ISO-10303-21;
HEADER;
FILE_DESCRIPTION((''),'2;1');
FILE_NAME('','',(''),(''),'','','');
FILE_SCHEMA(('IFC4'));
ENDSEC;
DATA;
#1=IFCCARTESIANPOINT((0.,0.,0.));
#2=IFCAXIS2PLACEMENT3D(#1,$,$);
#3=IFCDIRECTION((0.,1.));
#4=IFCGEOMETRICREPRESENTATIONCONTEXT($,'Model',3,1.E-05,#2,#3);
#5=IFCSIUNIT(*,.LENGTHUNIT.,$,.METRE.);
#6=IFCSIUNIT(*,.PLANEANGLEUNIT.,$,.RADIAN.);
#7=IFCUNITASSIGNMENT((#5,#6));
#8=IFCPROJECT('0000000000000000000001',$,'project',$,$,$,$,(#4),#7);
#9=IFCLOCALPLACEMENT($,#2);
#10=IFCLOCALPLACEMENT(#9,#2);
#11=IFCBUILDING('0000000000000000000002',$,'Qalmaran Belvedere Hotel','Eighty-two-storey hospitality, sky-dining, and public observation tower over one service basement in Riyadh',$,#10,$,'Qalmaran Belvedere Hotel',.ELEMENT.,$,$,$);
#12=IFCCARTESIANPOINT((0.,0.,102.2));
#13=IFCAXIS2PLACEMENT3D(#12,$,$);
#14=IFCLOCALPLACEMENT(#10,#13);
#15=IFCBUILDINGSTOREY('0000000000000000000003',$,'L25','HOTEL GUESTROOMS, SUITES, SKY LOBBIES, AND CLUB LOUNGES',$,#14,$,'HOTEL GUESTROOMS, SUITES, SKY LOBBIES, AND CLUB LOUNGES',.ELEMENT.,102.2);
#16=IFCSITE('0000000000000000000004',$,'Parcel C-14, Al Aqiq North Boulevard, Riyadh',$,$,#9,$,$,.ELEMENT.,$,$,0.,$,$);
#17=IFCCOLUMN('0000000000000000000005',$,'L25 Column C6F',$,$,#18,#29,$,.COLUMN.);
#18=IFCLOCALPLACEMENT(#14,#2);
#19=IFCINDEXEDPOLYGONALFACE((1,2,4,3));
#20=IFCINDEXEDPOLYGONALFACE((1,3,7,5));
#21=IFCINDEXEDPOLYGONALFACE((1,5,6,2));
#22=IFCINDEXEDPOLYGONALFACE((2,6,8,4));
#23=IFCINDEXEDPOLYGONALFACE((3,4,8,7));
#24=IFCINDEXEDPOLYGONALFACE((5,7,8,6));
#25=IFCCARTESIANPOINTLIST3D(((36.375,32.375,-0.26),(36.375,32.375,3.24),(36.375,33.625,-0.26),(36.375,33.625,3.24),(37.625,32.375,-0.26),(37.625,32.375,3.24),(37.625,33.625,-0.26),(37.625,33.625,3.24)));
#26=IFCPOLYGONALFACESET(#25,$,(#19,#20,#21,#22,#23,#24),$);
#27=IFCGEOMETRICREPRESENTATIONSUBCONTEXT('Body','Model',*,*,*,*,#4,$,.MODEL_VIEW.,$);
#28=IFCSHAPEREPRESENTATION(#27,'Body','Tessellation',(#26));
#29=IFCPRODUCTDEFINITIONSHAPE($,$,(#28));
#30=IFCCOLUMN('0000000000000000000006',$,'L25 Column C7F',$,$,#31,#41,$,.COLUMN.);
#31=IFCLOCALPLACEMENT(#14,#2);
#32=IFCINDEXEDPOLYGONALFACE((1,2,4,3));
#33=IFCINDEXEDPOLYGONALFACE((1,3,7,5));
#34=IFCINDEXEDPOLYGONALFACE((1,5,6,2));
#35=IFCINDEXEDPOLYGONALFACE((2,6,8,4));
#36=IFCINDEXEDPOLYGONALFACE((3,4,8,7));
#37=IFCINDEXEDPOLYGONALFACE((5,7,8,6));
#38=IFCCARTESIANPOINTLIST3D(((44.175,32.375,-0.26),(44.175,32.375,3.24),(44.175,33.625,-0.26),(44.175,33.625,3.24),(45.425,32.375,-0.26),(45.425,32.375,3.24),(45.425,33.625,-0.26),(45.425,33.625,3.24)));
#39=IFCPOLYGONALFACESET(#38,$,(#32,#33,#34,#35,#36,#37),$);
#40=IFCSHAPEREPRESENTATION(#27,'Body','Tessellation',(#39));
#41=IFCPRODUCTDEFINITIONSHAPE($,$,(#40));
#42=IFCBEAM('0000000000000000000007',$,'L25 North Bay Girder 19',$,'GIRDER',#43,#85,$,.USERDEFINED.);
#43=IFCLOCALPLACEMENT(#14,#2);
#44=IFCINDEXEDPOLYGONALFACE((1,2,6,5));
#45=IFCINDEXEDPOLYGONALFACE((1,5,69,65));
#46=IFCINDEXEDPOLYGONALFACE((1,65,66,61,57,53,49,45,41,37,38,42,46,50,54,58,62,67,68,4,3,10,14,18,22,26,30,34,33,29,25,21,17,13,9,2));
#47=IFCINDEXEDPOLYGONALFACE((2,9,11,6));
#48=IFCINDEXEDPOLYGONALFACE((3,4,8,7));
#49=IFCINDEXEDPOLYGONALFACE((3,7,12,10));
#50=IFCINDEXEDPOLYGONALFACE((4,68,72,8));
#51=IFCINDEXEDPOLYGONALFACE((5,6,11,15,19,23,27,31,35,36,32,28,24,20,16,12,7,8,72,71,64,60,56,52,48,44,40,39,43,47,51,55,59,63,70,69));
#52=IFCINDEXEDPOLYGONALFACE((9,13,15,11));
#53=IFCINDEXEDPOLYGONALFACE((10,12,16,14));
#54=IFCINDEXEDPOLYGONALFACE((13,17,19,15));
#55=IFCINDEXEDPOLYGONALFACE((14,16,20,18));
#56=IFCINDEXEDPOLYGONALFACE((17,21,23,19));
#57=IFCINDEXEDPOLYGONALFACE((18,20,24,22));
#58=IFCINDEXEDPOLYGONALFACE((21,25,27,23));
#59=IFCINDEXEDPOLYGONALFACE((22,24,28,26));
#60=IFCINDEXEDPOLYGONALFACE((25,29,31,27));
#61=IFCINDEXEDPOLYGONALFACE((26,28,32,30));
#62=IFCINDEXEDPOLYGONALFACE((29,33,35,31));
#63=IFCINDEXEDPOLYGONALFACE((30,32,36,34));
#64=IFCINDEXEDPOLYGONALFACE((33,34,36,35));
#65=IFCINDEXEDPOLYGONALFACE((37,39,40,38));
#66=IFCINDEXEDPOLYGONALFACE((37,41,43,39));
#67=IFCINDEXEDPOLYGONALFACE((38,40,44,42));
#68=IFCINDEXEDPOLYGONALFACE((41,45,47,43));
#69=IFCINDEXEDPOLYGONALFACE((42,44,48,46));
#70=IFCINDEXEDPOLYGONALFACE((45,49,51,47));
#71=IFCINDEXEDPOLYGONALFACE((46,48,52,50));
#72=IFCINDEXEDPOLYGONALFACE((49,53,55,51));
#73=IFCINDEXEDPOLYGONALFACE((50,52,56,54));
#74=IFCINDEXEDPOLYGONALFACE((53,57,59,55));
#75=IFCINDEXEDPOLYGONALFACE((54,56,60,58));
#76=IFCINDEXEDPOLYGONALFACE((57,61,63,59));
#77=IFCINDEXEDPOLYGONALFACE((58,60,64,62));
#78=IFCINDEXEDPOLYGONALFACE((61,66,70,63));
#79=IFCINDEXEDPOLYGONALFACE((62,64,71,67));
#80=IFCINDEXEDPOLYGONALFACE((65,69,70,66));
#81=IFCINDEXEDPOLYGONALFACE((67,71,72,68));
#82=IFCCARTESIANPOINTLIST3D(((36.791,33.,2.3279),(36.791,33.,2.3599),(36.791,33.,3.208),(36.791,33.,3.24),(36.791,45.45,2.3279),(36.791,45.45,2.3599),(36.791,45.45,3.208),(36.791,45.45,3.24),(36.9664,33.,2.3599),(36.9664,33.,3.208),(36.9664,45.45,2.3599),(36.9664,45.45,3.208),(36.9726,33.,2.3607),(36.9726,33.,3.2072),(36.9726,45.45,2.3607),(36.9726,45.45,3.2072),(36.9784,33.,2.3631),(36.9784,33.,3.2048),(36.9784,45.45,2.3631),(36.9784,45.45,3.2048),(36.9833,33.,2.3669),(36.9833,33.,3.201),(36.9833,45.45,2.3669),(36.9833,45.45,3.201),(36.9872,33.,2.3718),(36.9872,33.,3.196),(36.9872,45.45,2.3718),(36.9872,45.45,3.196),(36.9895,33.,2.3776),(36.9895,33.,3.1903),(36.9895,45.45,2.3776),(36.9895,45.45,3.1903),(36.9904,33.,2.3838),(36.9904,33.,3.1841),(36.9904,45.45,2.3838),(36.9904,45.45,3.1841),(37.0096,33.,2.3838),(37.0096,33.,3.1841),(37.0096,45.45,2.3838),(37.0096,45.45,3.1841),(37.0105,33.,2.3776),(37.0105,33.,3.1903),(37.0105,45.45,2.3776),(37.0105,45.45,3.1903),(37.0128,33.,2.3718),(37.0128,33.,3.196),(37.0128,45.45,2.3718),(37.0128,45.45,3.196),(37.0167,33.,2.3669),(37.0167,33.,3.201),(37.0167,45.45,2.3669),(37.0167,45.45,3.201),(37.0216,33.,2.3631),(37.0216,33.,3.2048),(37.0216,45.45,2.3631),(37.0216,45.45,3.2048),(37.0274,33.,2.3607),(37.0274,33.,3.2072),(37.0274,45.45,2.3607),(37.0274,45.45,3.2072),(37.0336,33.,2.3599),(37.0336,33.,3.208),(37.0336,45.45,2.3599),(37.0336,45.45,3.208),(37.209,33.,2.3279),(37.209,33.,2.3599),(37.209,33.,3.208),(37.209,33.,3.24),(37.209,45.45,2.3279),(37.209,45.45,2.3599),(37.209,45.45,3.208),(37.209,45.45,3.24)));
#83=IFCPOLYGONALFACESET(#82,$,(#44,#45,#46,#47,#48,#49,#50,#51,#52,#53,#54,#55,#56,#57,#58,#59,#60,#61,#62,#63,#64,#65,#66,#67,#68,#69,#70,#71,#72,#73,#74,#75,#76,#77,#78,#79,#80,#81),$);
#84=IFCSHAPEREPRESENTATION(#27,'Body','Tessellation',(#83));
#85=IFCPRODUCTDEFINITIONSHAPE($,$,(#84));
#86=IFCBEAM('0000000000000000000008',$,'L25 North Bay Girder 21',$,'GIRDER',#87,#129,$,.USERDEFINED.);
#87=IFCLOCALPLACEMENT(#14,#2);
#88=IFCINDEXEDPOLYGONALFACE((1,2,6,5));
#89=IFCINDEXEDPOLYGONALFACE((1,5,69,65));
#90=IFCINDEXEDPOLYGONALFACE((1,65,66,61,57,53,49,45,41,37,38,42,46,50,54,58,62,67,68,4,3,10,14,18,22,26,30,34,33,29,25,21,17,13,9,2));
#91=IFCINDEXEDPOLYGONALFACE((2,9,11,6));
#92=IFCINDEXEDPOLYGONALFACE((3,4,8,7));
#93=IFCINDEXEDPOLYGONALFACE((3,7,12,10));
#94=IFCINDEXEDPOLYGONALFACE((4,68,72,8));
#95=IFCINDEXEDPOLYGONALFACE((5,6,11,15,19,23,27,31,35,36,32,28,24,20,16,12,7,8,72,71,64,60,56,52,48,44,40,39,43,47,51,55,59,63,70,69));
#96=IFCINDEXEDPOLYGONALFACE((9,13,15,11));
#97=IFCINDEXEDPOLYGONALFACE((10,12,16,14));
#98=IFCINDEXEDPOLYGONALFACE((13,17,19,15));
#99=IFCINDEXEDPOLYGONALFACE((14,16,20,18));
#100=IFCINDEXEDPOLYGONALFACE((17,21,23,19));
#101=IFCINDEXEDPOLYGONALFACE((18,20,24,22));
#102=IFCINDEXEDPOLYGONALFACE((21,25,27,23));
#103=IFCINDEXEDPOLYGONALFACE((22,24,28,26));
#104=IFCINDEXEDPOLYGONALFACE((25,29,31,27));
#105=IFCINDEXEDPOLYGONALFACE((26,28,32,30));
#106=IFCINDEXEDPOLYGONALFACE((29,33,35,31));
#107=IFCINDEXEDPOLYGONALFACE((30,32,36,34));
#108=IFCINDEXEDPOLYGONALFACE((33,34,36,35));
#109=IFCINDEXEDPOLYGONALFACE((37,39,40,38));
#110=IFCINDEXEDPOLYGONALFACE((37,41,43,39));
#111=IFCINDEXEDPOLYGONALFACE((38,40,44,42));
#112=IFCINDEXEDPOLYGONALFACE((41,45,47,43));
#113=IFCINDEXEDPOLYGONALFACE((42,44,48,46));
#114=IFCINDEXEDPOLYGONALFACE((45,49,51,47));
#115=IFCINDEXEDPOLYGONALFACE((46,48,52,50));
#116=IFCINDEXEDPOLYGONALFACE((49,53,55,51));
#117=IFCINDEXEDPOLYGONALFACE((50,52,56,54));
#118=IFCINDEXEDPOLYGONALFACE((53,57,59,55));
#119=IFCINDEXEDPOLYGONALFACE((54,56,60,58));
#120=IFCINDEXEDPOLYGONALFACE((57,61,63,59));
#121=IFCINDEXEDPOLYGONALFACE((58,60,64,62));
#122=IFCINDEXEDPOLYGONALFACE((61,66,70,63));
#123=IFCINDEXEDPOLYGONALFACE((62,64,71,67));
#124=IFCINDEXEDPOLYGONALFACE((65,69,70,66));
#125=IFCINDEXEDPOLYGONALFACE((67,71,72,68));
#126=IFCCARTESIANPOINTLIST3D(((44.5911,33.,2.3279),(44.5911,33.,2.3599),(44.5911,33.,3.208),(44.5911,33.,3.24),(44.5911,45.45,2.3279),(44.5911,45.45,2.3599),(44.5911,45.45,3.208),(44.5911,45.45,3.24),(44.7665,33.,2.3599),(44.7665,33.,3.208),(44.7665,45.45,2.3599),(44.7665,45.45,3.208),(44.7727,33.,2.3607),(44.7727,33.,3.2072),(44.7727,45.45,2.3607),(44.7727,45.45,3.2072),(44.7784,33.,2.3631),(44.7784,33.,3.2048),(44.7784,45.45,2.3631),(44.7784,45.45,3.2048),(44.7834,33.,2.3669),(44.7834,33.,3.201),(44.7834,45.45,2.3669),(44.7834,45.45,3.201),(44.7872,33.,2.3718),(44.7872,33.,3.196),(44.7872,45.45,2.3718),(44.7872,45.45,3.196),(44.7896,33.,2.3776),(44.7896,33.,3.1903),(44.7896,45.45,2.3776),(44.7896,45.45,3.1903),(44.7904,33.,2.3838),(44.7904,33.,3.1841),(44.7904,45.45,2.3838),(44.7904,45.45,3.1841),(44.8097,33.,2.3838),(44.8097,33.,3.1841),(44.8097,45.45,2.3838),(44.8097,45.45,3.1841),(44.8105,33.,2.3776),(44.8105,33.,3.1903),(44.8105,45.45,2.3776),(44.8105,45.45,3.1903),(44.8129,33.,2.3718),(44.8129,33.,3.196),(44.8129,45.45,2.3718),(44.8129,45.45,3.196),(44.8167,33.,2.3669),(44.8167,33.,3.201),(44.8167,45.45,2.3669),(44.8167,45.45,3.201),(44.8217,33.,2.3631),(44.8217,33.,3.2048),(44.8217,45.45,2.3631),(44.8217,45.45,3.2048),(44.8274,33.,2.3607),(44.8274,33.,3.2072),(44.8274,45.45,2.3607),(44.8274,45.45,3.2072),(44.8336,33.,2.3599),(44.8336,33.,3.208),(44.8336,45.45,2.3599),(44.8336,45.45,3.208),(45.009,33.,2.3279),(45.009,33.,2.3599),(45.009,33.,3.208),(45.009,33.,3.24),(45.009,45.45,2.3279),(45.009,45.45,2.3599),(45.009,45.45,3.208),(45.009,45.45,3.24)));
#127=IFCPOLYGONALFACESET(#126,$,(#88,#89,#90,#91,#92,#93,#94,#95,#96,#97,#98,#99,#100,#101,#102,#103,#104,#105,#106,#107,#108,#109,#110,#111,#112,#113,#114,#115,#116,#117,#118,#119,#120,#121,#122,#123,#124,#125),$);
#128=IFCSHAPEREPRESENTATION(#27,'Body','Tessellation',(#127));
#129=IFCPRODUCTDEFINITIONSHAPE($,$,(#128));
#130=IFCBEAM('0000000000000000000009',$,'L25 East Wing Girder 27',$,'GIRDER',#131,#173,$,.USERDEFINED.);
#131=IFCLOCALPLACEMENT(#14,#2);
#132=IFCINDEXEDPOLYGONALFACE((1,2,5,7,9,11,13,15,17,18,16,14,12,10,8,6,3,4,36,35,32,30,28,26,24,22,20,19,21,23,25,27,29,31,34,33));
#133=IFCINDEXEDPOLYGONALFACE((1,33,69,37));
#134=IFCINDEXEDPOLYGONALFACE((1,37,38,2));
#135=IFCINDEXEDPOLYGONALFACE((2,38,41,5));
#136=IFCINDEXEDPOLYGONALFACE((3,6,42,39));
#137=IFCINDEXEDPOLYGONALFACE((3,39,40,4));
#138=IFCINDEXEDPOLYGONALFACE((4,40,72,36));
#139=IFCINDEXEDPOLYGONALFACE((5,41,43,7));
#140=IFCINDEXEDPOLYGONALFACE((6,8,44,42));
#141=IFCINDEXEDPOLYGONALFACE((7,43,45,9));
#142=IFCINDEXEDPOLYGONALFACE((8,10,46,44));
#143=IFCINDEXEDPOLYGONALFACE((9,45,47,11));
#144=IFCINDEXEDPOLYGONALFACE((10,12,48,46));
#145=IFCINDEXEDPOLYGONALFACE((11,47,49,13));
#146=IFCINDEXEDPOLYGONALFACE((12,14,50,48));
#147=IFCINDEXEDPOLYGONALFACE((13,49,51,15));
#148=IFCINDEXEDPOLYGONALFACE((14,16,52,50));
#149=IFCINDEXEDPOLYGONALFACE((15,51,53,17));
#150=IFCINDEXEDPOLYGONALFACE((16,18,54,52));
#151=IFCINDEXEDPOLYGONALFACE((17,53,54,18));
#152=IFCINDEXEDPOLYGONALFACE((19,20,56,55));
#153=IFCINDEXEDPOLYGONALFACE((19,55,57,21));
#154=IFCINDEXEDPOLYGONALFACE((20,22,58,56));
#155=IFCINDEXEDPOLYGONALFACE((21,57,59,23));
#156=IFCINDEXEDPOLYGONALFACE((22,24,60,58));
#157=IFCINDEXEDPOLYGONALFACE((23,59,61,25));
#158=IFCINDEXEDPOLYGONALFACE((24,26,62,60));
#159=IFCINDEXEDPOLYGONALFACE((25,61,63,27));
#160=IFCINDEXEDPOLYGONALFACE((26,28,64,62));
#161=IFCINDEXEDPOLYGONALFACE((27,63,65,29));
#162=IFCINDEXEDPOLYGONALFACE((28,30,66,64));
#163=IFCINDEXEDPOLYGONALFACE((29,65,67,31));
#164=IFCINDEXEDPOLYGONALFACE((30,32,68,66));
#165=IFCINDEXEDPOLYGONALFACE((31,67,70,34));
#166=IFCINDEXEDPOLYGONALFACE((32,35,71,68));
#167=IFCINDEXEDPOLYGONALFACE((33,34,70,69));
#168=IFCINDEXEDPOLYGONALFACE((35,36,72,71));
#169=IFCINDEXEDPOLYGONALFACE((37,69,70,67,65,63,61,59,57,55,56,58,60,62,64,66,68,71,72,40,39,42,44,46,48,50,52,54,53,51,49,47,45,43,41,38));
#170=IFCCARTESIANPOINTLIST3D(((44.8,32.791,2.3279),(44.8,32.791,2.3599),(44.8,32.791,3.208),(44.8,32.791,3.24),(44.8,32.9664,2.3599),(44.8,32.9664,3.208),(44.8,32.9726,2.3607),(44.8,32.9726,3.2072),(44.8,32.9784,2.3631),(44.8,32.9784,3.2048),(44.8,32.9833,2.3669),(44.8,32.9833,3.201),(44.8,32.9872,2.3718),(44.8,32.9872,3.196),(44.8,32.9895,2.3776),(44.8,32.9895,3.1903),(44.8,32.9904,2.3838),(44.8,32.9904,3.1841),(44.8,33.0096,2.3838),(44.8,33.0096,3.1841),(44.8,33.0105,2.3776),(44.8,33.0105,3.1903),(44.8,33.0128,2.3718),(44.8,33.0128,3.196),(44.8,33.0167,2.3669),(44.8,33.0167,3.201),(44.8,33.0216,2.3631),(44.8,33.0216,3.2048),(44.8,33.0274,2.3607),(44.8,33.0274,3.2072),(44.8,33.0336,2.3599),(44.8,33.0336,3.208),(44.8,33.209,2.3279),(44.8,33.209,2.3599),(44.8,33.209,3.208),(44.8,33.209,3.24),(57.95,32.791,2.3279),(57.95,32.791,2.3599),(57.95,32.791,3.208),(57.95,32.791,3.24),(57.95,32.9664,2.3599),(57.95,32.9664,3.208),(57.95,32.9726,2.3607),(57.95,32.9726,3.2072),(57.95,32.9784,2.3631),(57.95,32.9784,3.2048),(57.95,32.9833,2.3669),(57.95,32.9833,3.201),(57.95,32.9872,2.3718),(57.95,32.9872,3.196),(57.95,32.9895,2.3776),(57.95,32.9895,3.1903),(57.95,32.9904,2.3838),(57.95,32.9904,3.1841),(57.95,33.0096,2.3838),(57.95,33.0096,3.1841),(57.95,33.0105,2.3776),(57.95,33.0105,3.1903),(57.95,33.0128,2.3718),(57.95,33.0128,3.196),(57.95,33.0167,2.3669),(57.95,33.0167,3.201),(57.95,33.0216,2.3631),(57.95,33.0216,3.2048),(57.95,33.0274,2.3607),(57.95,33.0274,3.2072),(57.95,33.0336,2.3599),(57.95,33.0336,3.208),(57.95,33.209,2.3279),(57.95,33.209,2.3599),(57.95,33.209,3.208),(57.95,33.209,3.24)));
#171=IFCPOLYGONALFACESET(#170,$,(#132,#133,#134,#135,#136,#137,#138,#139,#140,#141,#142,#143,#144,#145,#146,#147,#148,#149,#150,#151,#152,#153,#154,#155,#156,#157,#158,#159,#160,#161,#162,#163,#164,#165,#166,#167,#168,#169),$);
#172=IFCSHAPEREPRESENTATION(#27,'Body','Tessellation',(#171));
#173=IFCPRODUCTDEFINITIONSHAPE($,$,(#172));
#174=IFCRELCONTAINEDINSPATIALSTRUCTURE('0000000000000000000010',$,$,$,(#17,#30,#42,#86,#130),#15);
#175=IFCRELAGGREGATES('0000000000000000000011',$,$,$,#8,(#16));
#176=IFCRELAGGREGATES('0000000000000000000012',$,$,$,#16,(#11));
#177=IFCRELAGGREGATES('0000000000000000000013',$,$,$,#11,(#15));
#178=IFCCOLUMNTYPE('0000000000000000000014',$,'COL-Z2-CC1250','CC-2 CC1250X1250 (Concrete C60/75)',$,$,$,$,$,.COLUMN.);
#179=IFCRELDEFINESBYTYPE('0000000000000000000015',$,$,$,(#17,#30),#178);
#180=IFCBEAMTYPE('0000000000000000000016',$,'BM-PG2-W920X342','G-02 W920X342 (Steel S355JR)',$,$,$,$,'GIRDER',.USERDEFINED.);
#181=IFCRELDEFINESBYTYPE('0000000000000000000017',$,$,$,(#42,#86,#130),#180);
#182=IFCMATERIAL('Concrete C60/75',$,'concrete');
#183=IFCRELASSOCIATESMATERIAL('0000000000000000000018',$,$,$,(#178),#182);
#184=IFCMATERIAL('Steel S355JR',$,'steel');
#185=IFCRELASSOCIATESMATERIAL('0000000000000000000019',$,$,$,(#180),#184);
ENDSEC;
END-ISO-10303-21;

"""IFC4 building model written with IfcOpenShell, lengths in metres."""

from ifc_helpers import new_model, si_unit, direction, frame, origin, origin_2d, place, context, subcontext, project, spatial, rectangle, i_section, extrude, material, material_profile, profile_set, type_object, element, save


model = new_model("IFC4")

# Units and contexts
model_context = context("Model", 3, precision=1e-05, world=origin(), true_north=direction((0.0, 1.0)))
body_context = subcontext(model_context, "Body", "Model", "MODEL_VIEW")
ifc_project = project(units=[si_unit("LENGTHUNIT", "METRE"), si_unit("PLANEANGLEUNIT", "RADIAN")], contexts=[model_context])

# Site, building, storey
site_placement = place(None, origin())
site = spatial("IfcSite", under=ifc_project, at=site_placement, Name="Parcel C-14, Al Aqiq North Boulevard, Riyadh", CompositionType="ELEMENT", RefElevation=0.0)
building_placement = place(site_placement, origin())
building = spatial("IfcBuilding", under=site, at=building_placement, Name="Qalmaran Belvedere Hotel", Description="Eighty-two-storey hospitality, sky-dining, and public observation tower over one service basement in Riyadh", LongName="Qalmaran Belvedere Hotel", CompositionType="ELEMENT")
storey_placement = place(building_placement, frame((0.0, 0.0, 102.2)))
storey = spatial("IfcBuildingStorey", under=building, at=storey_placement, Name="L25", Description="HOTEL GUESTROOMS, SUITES, SKY LOBBIES, AND CLUB LOUNGES", LongName="HOTEL GUESTROOMS, SUITES, SKY LOBBIES, AND CLUB LOUNGES", CompositionType="ELEMENT", Elevation=102.2)

# Columns
ifc_material_1 = material(Name="Concrete C60/75", Category="concrete")
ifc_material_profile_1 = material_profile(ifc_material_1, rectangle(XDim=1.25, YDim=1.25, at=origin_2d()), Name="CC1250X1250")
ifc_profile_set_1 = profile_set([ifc_material_profile_1], Name="Concrete C60/75")
column_type = type_object("IfcColumnType", Name="COL-Z2-CC1250", Description="CC-2 CC1250X1250 (Concrete C60/75)", PredefinedType="COLUMN", material=ifc_profile_set_1)
for number, where, z_axis, x_axis, name in (
    (1, (37.0, 33.0, -0.26), (0.0, 0.0, 1.0), (1.0, 0.0, 0.0), "L25 Column C6F"),
    (2, (44.8, 33.0, -0.26), (0.0, 0.0, 1.0), (1.0, 0.0, 0.0), "L25 Column C7F"),
):
    element("IfcColumn", number, at=place(storey_placement, frame(where, z_axis=z_axis, x_axis=x_axis)), inside=storey, type_object=column_type, Name=name, PredefinedType="COLUMN", context=body_context, shape_type="SweptSolid", body=[
        extrude(rectangle(XDim=1.25, YDim=1.25, at=origin_2d()), origin(), (0.0, 0.0, 1.0), 3.5),
    ])

# Beams
ifc_material_2 = material(Name="Steel S355JR", Category="steel")
ifc_material_profile_2 = material_profile(ifc_material_2, i_section(OverallWidth=0.418, OverallDepth=0.9121, WebThickness=0.0193, FlangeThickness=0.032, FilletRadius=0.0239, at=origin_2d()), Name="W920X342")
ifc_profile_set_2 = profile_set([ifc_material_profile_2], Name="Steel S355JR")
beam_type_1 = type_object("IfcBeamType", Name="BM-PG2-W920X342", Description="G-02 W920X342 (Steel S355JR)", ElementType="GIRDER", PredefinedType="USERDEFINED", material=ifc_profile_set_2)
for number, where, z_axis, x_axis, name in (
    (3, (37.0, 33.0, 2.7839), (0.0, 1.0, 0.0), (-1.0, 0.0, 0.0), "L25 North Bay Girder 19"),
    (4, (44.8, 33.0, 2.7839), (0.0, 1.0, 0.0), (-1.0, 0.0, 0.0), "L25 North Bay Girder 21"),
):
    element("IfcBeam", number, at=place(storey_placement, frame(where, z_axis=z_axis, x_axis=x_axis)), inside=storey, type_object=beam_type_1, Name=name, ObjectType="GIRDER", PredefinedType="USERDEFINED", context=body_context, shape_type="SweptSolid", body=[
        extrude(i_section(OverallWidth=0.418, OverallDepth=0.9121, WebThickness=0.0193, FlangeThickness=0.032, FilletRadius=0.0239, at=origin_2d()), origin(), (0.0, 0.0, 1.0), 12.45),
    ])
beam_1_placement = place(storey_placement, frame((44.8, 33.0, 2.7839), z_axis=(1.0, 0.0, 0.0), x_axis=(0.0, 1.0, 0.0)))
element("IfcBeam", 5, at=beam_1_placement, inside=storey, type_object=beam_type_1, Name="L25 East Wing Girder 27", ObjectType="GIRDER", PredefinedType="USERDEFINED", context=body_context, shape_type="SweptSolid", body=[
    extrude(i_section(OverallWidth=0.418, OverallDepth=0.9121, WebThickness=0.0193, FlangeThickness=0.032, FilletRadius=0.0239, at=origin_2d()), origin(), (0.0, 0.0, 1.0), 13.1499),
])

save(model, "model.ifc")
